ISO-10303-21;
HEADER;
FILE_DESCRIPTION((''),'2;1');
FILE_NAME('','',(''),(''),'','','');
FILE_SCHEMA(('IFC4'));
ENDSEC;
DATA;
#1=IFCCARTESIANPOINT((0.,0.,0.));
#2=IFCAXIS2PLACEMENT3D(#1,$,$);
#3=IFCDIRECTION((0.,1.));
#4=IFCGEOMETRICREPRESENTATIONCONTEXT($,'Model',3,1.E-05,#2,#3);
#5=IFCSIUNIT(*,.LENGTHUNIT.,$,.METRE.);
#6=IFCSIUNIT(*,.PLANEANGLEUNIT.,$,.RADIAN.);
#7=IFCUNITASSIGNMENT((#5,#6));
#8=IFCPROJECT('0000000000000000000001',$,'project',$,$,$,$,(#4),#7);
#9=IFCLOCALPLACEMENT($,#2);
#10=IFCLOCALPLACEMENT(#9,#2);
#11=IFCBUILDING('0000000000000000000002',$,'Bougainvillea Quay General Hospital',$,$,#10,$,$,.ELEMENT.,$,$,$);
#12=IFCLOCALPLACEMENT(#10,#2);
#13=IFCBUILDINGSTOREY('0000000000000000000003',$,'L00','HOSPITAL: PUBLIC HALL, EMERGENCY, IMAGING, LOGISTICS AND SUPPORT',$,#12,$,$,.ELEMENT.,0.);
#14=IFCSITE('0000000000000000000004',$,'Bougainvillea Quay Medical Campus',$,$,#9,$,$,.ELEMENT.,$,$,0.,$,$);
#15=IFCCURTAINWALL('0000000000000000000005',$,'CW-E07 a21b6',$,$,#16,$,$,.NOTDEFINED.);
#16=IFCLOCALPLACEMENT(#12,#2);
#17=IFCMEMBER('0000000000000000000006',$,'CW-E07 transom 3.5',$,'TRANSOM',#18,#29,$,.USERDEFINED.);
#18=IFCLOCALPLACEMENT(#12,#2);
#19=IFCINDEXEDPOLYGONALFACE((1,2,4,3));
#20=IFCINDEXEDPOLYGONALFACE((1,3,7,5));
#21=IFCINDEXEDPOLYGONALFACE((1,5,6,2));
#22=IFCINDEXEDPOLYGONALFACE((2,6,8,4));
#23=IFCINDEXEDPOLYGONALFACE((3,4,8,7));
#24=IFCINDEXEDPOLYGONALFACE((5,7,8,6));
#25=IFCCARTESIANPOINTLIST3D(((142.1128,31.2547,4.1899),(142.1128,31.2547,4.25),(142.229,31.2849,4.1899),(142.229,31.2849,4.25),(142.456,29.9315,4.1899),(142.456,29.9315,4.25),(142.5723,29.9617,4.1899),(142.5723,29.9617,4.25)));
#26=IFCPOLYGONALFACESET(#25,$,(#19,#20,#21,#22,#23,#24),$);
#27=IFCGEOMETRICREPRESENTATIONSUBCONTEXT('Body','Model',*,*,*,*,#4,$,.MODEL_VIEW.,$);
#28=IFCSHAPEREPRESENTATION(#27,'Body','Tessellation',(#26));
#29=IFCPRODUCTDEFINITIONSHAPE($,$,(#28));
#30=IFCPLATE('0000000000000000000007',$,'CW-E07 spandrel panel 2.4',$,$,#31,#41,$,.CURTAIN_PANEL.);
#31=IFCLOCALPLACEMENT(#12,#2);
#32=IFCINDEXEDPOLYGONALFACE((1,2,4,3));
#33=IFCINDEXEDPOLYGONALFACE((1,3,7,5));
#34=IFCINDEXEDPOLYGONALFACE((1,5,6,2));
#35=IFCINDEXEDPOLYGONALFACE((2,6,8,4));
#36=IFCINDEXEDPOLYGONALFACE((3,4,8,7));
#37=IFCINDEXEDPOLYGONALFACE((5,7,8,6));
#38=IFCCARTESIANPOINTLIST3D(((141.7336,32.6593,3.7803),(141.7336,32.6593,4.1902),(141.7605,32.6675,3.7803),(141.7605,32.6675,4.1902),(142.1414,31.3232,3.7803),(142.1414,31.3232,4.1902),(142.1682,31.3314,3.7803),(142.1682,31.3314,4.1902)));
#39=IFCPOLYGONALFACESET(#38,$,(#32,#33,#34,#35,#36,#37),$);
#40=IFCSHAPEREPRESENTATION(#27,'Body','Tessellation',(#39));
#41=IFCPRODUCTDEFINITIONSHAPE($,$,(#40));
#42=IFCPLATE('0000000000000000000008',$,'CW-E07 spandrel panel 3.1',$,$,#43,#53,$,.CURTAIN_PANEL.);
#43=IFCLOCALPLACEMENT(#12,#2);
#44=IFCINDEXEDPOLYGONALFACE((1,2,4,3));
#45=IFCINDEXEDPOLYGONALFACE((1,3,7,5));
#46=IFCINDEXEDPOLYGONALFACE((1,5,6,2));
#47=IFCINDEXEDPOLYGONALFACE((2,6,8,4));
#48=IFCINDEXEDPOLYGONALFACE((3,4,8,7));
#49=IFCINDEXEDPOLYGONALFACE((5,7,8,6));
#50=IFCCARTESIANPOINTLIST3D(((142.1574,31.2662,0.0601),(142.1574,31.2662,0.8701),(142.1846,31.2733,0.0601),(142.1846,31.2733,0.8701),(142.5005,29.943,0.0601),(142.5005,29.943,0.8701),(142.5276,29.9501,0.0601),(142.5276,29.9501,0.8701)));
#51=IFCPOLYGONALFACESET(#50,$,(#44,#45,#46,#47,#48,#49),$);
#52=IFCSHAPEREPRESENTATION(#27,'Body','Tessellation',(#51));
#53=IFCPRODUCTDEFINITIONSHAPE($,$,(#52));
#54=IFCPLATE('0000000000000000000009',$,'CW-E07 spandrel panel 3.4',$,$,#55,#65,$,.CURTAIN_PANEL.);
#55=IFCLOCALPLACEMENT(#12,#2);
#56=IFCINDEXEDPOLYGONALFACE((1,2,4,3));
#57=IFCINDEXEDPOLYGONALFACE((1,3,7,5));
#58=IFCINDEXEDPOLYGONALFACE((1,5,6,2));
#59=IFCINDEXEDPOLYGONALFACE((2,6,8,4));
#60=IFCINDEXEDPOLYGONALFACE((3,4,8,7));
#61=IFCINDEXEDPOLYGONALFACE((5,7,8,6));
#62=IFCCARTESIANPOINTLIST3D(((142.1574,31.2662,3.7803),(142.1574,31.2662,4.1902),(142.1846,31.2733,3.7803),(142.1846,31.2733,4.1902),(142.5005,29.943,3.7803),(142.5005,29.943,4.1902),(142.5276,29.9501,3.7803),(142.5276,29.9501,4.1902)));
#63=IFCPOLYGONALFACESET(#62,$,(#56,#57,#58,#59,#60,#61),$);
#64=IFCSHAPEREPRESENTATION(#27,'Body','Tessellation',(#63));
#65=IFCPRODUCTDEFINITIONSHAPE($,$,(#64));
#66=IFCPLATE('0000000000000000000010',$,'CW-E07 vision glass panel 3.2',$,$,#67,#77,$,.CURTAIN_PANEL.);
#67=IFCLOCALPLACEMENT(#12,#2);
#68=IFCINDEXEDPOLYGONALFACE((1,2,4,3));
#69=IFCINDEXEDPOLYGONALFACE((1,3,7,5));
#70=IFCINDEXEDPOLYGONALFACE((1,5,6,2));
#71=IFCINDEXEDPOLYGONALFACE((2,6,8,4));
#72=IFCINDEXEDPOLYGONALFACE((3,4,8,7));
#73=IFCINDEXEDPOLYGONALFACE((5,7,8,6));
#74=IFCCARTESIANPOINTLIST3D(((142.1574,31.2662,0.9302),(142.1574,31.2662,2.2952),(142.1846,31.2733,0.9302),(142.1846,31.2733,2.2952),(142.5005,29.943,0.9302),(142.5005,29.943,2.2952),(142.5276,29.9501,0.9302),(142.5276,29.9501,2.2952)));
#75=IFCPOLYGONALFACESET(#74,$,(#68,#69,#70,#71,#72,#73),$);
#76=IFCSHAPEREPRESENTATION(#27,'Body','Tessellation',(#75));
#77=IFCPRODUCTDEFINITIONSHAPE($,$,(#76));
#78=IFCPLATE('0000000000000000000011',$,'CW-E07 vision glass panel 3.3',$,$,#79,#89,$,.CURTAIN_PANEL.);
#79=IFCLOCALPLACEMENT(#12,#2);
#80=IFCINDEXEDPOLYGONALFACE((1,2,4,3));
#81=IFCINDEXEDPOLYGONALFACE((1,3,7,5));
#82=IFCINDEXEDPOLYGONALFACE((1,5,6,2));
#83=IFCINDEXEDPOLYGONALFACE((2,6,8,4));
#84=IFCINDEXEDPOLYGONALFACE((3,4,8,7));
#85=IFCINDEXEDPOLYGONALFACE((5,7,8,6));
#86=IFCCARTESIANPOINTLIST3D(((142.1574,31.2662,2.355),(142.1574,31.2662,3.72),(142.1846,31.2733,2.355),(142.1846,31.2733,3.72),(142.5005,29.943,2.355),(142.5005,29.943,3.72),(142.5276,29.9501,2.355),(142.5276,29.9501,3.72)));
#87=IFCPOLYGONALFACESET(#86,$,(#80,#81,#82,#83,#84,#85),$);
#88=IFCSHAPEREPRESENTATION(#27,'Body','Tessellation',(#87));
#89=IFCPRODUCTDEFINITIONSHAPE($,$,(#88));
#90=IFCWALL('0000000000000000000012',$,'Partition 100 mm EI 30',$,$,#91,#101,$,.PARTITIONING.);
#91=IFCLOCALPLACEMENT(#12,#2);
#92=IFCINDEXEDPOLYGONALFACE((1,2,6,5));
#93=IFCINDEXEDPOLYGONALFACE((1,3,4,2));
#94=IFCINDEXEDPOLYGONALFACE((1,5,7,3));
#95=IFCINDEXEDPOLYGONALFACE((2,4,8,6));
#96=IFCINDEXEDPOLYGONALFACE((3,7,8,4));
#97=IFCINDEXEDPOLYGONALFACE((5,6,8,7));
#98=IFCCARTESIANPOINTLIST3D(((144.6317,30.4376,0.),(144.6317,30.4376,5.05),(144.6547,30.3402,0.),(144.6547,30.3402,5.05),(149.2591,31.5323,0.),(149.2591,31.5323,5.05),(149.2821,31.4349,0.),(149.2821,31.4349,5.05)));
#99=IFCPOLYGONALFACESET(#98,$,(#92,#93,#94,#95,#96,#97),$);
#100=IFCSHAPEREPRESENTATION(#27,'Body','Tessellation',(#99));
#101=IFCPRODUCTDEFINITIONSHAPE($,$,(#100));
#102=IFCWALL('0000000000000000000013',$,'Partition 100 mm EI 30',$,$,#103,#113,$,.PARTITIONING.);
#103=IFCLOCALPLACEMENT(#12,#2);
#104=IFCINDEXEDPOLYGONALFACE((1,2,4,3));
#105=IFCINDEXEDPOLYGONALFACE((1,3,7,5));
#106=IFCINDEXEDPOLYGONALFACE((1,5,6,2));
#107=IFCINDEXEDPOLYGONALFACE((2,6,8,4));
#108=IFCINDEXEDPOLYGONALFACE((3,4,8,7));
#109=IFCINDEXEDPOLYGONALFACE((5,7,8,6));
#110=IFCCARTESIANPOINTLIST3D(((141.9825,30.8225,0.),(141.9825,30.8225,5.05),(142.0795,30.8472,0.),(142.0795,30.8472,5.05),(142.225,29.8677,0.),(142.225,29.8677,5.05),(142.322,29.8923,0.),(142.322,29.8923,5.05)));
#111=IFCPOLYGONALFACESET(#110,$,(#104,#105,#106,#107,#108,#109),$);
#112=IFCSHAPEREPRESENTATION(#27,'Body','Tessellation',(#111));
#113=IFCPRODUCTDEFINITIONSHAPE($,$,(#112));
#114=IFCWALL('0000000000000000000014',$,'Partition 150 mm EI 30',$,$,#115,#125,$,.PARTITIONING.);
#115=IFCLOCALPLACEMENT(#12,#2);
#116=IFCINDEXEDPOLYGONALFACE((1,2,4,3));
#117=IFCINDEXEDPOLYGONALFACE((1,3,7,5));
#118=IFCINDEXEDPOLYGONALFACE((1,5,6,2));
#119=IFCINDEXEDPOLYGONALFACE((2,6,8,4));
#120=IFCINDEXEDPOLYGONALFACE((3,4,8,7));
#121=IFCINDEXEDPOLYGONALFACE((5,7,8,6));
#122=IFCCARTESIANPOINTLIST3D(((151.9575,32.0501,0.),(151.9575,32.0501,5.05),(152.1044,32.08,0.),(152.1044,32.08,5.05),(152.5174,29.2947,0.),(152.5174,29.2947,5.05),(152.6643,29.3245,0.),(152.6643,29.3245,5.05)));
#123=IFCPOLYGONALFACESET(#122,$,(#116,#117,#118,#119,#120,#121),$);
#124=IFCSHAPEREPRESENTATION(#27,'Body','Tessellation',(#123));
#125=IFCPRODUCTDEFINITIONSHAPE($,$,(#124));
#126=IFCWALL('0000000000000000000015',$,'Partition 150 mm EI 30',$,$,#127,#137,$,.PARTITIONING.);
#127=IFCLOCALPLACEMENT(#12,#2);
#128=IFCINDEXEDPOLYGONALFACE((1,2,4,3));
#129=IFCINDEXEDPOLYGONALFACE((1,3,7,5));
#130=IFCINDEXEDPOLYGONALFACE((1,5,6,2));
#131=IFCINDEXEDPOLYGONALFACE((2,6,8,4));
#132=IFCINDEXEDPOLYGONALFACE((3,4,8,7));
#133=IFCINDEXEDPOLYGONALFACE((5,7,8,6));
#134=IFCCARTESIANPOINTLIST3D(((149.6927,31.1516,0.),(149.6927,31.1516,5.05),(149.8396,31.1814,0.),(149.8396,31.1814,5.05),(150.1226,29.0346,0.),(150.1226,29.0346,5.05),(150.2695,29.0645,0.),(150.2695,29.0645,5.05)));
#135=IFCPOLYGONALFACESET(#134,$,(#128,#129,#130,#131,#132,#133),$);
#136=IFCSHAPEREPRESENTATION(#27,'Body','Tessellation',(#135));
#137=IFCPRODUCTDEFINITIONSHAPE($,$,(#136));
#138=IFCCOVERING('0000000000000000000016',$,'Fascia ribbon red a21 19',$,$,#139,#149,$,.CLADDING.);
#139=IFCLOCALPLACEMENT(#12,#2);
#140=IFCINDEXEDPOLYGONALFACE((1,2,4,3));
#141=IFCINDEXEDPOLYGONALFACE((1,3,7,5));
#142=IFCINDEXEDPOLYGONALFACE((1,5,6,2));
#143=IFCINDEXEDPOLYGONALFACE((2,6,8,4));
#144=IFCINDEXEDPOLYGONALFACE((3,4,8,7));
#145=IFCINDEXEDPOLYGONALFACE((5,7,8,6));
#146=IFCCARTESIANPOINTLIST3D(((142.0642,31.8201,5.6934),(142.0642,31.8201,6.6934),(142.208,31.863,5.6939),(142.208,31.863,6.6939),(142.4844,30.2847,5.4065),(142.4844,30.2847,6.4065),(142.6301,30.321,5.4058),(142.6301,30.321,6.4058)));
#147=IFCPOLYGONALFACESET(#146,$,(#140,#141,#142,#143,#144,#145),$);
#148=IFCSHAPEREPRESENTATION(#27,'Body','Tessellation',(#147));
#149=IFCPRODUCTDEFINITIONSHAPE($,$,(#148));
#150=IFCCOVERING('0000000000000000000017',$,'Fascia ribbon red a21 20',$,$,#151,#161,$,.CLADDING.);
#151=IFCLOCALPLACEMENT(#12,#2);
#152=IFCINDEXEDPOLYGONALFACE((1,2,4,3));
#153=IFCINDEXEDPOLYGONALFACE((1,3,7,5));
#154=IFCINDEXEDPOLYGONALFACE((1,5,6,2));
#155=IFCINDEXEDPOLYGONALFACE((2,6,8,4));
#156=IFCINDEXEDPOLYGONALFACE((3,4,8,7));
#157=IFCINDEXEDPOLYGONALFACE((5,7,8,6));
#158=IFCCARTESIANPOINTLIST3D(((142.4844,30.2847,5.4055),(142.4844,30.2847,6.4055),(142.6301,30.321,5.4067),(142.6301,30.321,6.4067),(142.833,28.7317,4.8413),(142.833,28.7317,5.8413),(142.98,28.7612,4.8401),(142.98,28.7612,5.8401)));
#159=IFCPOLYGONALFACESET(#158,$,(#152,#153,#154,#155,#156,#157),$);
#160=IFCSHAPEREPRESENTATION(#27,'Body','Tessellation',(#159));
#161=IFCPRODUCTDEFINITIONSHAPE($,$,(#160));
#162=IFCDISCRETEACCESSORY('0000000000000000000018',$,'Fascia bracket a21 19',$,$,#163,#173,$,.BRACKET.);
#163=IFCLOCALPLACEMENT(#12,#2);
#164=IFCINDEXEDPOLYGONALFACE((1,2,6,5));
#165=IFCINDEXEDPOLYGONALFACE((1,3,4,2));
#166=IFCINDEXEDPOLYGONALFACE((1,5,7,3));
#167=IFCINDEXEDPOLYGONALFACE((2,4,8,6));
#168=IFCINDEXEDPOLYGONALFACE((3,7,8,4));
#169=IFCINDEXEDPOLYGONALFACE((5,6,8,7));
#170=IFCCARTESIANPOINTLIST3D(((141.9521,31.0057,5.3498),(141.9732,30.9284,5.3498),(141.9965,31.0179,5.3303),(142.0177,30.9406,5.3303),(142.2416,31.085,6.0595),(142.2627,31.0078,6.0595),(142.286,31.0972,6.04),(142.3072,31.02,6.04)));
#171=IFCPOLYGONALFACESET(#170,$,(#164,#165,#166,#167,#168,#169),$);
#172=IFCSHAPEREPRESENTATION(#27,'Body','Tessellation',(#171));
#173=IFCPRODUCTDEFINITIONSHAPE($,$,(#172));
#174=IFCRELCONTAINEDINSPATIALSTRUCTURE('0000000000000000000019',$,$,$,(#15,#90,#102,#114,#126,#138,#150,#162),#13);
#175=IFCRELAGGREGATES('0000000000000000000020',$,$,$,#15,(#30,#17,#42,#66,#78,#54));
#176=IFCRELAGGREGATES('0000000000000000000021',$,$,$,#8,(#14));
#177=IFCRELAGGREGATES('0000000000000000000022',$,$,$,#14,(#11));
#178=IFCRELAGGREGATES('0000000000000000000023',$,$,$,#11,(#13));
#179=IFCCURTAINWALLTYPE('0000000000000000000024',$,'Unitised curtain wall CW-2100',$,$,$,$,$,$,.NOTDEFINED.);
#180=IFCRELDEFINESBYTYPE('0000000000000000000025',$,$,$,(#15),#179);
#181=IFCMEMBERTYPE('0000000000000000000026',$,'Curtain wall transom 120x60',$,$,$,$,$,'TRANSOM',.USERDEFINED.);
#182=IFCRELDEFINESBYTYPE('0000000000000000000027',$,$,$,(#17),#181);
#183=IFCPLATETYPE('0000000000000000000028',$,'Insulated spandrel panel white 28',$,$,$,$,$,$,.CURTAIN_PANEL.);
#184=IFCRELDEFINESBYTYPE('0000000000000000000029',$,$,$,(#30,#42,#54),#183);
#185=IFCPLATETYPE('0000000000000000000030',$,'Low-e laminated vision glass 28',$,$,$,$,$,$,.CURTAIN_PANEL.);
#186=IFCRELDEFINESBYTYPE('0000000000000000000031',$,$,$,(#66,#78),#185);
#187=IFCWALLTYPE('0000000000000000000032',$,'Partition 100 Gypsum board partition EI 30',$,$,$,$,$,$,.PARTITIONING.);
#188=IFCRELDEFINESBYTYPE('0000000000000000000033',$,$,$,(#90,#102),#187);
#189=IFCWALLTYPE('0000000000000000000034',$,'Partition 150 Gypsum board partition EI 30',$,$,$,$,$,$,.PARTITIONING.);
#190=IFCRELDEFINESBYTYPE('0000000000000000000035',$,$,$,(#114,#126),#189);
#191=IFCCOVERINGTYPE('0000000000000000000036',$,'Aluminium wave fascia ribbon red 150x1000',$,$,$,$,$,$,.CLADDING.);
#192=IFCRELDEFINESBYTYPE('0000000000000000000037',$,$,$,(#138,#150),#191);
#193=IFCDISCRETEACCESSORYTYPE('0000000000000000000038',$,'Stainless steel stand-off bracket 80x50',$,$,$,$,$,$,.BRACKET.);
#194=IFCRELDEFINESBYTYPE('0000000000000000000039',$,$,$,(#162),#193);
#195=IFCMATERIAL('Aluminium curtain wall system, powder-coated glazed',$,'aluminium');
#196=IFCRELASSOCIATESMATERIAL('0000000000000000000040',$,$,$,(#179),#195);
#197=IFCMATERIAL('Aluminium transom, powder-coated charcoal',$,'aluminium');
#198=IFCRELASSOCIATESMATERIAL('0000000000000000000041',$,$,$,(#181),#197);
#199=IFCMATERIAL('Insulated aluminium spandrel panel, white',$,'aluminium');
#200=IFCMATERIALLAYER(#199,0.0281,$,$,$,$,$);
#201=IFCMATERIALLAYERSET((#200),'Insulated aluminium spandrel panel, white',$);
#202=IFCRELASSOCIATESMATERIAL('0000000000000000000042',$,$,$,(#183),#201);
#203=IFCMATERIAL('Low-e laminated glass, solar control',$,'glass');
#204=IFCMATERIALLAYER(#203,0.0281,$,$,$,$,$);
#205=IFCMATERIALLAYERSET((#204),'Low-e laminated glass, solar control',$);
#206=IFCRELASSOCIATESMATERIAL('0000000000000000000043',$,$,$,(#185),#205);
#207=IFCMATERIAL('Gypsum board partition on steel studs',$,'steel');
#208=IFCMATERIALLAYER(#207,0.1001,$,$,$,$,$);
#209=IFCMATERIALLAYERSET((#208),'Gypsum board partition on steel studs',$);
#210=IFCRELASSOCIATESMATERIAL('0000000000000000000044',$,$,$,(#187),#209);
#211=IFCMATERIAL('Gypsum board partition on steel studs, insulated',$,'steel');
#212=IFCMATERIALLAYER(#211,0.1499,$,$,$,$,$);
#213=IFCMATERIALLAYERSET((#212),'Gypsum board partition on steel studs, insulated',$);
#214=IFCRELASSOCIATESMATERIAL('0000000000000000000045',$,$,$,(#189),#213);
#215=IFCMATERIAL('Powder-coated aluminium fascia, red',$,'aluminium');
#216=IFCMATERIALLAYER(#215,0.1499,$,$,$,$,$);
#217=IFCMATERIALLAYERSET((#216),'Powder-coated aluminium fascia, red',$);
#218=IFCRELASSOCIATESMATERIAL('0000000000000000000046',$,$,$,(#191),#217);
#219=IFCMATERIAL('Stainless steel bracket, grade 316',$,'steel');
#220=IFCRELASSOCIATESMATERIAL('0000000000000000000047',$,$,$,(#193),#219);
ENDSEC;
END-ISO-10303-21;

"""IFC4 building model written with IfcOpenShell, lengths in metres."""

from ifc_helpers import new_model, si_unit, direction, frame, frame_2d, origin, origin_2d, place, context, subcontext, project, spatial, polyline, rectangle, outline, extrude, material, layer, layer_set, material_profile, profile_set, type_object, element, aggregate, save


model = new_model("IFC4")

# Units and contexts
model_context = context("Model", 3, precision=1e-05, world=origin(), true_north=direction((0.0, 1.0)))
body_context = subcontext(model_context, "Body", "Model", "MODEL_VIEW")
ifc_project = project(units=[si_unit("LENGTHUNIT", "METRE"), si_unit("PLANEANGLEUNIT", "RADIAN")], contexts=[model_context])

# Site, building, storey
site_placement = place(None, origin())
site = spatial("IfcSite", under=ifc_project, at=site_placement, Name="Bougainvillea Quay Medical Campus", CompositionType="ELEMENT", RefElevation=0.0)
building_placement = place(site_placement, origin())
building = spatial("IfcBuilding", under=site, at=building_placement, Name="Bougainvillea Quay General Hospital", CompositionType="ELEMENT")
storey_placement = place(building_placement, origin())
storey = spatial("IfcBuildingStorey", under=building, at=storey_placement, Name="L00", Description="HOSPITAL: PUBLIC HALL, EMERGENCY, IMAGING, LOGISTICS AND SUPPORT", CompositionType="ELEMENT", Elevation=0.0)

# Curtain wall, member, plates
ifc_material_1 = material(Name="Aluminium curtain wall system, powder-coated glazed", Category="aluminium")
curtain_wall_type = type_object("IfcCurtainWallType", Name="Unitised curtain wall CW-2100", PredefinedType="NOTDEFINED", material=ifc_material_1)
curtain_wall_placement = place(storey_placement, origin())
curtain_wall = element("IfcCurtainWall", 1, at=curtain_wall_placement, inside=storey, type_object=curtain_wall_type, Name="CW-E07 a21b6", PredefinedType="NOTDEFINED")
ifc_material_2 = material(Name="Aluminium transom, powder-coated charcoal", Category="aluminium")
ifc_material_profile_1 = material_profile(ifc_material_2, rectangle(XDim=0.1201, YDim=0.0601, at=origin_2d()))
ifc_profile_set_1 = profile_set([ifc_material_profile_1], Name="Aluminium transom, powder-coated charcoal")
member_type_1 = type_object("IfcMemberType", Name="Curtain wall transom 120x60", ElementType="TRANSOM", PredefinedType="USERDEFINED", material=ifc_profile_set_1)
member_1_placement = place(storey_placement, frame((142.1709, 31.2698, 4.22), z_axis=(0.251099, -0.967962, 0.0), x_axis=(0.967962, 0.251099, 0.0)))
member_1 = element("IfcMember", 2, at=member_1_placement, type_object=member_type_1, Name="CW-E07 transom 3.5", ObjectType="TRANSOM", PredefinedType="USERDEFINED", context=body_context, shape_type="SweptSolid", body=[
    extrude(rectangle(XDim=0.1201, YDim=0.0601, at=origin_2d()), origin(), (0.0, 0.0, 1.0), 1.3669),
])
ifc_material_3 = material(Name="Insulated aluminium spandrel panel, white", Category="aluminium")
ifc_layer_1 = layer(ifc_material_3, 0.0281)
ifc_layer_set_1 = layer_set([ifc_layer_1], Name="Insulated aluminium spandrel panel, white")
plate_type_1 = type_object("IfcPlateType", Name="Insulated spandrel panel white 28", PredefinedType="CURTAIN_PANEL", material=ifc_layer_set_1)
plate_1_placement = place(storey_placement, frame((141.9509, 31.9954, 3.7803), z_axis=(0.0, 0.0, 1.0), x_axis=(0.291904, -0.956448, 0.0)))
plate_1 = element("IfcPlate", 3, at=plate_1_placement, type_object=plate_type_1, Name="CW-E07 spandrel panel 2.4", PredefinedType="CURTAIN_PANEL", context=body_context, shape_type="SweptSolid", body=[
    extrude(rectangle(XDim=1.397, YDim=0.0281, at=origin_2d()), origin(), (0.0, 0.0, 1.0), 0.4099),
])
plate_2_placement = place(storey_placement, frame((142.3425, 30.6082, 0.0601), z_axis=(0.0, 0.0, 1.0), x_axis=(0.250966, -0.967996, 0.0)))
plate_2 = element("IfcPlate", 4, at=plate_2_placement, type_object=plate_type_1, Name="CW-E07 spandrel panel 3.1", PredefinedType="CURTAIN_PANEL", context=body_context, shape_type="SweptSolid", body=[
    extrude(rectangle(XDim=1.3669, YDim=0.0281, at=origin_2d()), origin(), (0.0, 0.0, 1.0), 0.8101),
])
plate_3_placement = place(storey_placement, frame((142.3425, 30.6082, 3.7803), z_axis=(0.0, 0.0, 1.0), x_axis=(0.250966, -0.967996, 0.0)))
plate_3 = element("IfcPlate", 5, at=plate_3_placement, type_object=plate_type_1, Name="CW-E07 spandrel panel 3.4", PredefinedType="CURTAIN_PANEL", context=body_context, shape_type="SweptSolid", body=[
    extrude(rectangle(XDim=1.3669, YDim=0.0281, at=origin_2d()), origin(), (0.0, 0.0, 1.0), 0.4099),
])
ifc_material_4 = material(Name="Low-e laminated glass, solar control", Category="glass")
ifc_layer_2 = layer(ifc_material_4, 0.0281)
ifc_layer_set_2 = layer_set([ifc_layer_2], Name="Low-e laminated glass, solar control")
plate_type_2 = type_object("IfcPlateType", Name="Low-e laminated vision glass 28", PredefinedType="CURTAIN_PANEL", material=ifc_layer_set_2)
plate_4_placement = place(storey_placement, frame((142.3425, 30.6082, 0.9302), z_axis=(0.0, 0.0, 1.0), x_axis=(0.250966, -0.967996, 0.0)))
plate_4 = element("IfcPlate", 6, at=plate_4_placement, type_object=plate_type_2, Name="CW-E07 vision glass panel 3.2", PredefinedType="CURTAIN_PANEL", context=body_context, shape_type="SweptSolid", body=[
    extrude(rectangle(XDim=1.3669, YDim=0.0281, at=origin_2d()), origin(), (0.0, 0.0, 1.0), 1.365),
])
plate_5_placement = place(storey_placement, frame((142.3425, 30.6082, 2.355), z_axis=(0.0, 0.0, 1.0), x_axis=(0.250966, -0.967996, 0.0)))
plate_5 = element("IfcPlate", 7, at=plate_5_placement, type_object=plate_type_2, Name="CW-E07 vision glass panel 3.3", PredefinedType="CURTAIN_PANEL", context=body_context, shape_type="SweptSolid", body=[
    extrude(rectangle(XDim=1.3669, YDim=0.0281, at=origin_2d()), origin(), (0.0, 0.0, 1.0), 1.365),
])
aggregate(curtain_wall, [plate_1, member_1, plate_2, plate_4, plate_5, plate_3])

# Walls
ifc_material_5 = material(Name="Gypsum board partition on steel studs", Category="steel")
ifc_layer_3 = layer(ifc_material_5, 0.1001)
ifc_layer_set_3 = layer_set([ifc_layer_3], Name="Gypsum board partition on steel studs")
wall_type_1 = type_object("IfcWallType", Name="Partition 100 Gypsum board partition EI 30", PredefinedType="PARTITIONING", material=ifc_layer_set_3)
wall_1_placement = place(storey_placement, frame((144.6433, 30.3889, 0.0), z_axis=(0.0, 0.0, 1.0), x_axis=(0.973139, 0.230218, 0.0)))
element("IfcWall", 8, at=wall_1_placement, inside=storey, type_object=wall_type_1, Name="Partition 100 mm EI 30", PredefinedType="PARTITIONING", context=body_context, shape_type="SweptSolid", body=[
    extrude(rectangle(XDim=4.7551, YDim=0.1001, at=frame_2d((2.3774, 0.0))), origin(), (0.0, 0.0, 1.0), 5.05),
])
wall_2_placement = place(storey_placement, frame((142.031, 30.835, 0.0), z_axis=(0.0, 0.0, 1.0), x_axis=(0.246091, -0.969247, 0.0)))
element("IfcWall", 9, at=wall_2_placement, inside=storey, type_object=wall_type_1, Name="Partition 100 mm EI 30", PredefinedType="PARTITIONING", context=body_context, shape_type="SweptSolid", body=[
    extrude(rectangle(XDim=0.9851, YDim=0.1001, at=frame_2d((0.4927, 0.0))), origin(), (0.0, 0.0, 1.0), 5.05),
])
ifc_material_6 = material(Name="Gypsum board partition on steel studs, insulated", Category="steel")
ifc_layer_4 = layer(ifc_material_6, 0.1499)
ifc_layer_set_4 = layer_set([ifc_layer_4], Name="Gypsum board partition on steel studs, insulated")
wall_type_2 = type_object("IfcWallType", Name="Partition 150 Gypsum board partition EI 30", PredefinedType="PARTITIONING", material=ifc_layer_set_4)
wall_3_placement = place(storey_placement, frame((152.031, 32.0649, 0.0), z_axis=(0.0, 0.0, 1.0), x_axis=(0.199104, -0.979978, 0.0)))
element("IfcWall", 10, at=wall_3_placement, inside=storey, type_object=wall_type_2, Name="Partition 150 mm EI 30", PredefinedType="PARTITIONING", context=body_context, shape_type="SweptSolid", body=[
    extrude(rectangle(XDim=2.8118, YDim=0.1499, at=frame_2d((1.4058, 0.0))), origin(), (0.0, 0.0, 1.0), 5.05),
])
wall_4_placement = place(storey_placement, frame((149.7661, 31.1665, 0.0), z_axis=(0.0, 0.0, 1.0), x_axis=(0.199028, -0.979994, 0.0)))
element("IfcWall", 11, at=wall_4_placement, inside=storey, type_object=wall_type_2, Name="Partition 150 mm EI 30", PredefinedType="PARTITIONING", context=body_context, shape_type="SweptSolid", body=[
    extrude(rectangle(XDim=2.1602, YDim=0.1499, at=frame_2d((1.0801, 0.0))), origin(), (0.0, 0.0, 1.0), 5.05),
])

# Coverings
ifc_material_7 = material(Name="Powder-coated aluminium fascia, red", Category="aluminium")
ifc_layer_5 = layer(ifc_material_7, 0.1499)
ifc_layer_set_5 = layer_set([ifc_layer_5], Name="Powder-coated aluminium fascia, red")
covering_type = type_object("IfcCoveringType", Name="Aluminium wave fascia ribbon red 150x1000", PredefinedType="CLADDING", material=ifc_layer_set_5)
covering_1_placement = place(storey_placement, frame((142.0642, 31.8201, 5.6934), z_axis=(0.047642, -0.170829, 0.984148), x_axis=(0.259764, -0.949248, -0.177346)))
element("IfcCovering", 12, at=covering_1_placement, inside=storey, type_object=covering_type, Name="Fascia ribbon red a21 19", PredefinedType="CLADDING", context=body_context, shape_type="SweptSolid", body=[
    extrude(outline(polyline([(0.0, 0.0), (1.6175, 0.0), (1.621, 0.1502), (-0.0035, 0.15), (0.0, 0.0)])), origin(), (-0.177346, -0.000849, 0.984148), 1.0),
])
covering_2_placement = place(storey_placement, frame((142.4844, 30.2847, 5.4055), z_axis=(0.073399, -0.325947, 0.942534), x_axis=(0.206454, -0.919646, -0.334109)))
element("IfcCovering", 13, at=covering_2_placement, inside=storey, type_object=covering_type, Name="Fascia ribbon red a21 20", PredefinedType="CLADDING", context=body_context, shape_type="SweptSolid", body=[
    extrude(outline(polyline([(0.0, 0.0), (1.6887, 0.0), (1.6923, 0.1499), (-0.0038, 0.1502), (0.0, 0.0)])), origin(), (-0.334109, -0.000208, 0.942534), 1.0),
])

# Discrete accessory
ifc_material_8 = material(Name="Stainless steel bracket, grade 316", Category="steel")
ifc_material_profile_2 = material_profile(ifc_material_8, rectangle(XDim=0.0801, YDim=0.05, at=origin_2d()))
ifc_profile_set_2 = profile_set([ifc_material_profile_2], Name="Stainless steel bracket, grade 316")
discrete_accessory_type = type_object("IfcDiscreteAccessoryType", Name="Stainless steel stand-off bracket 80x50", PredefinedType="BRACKET", material=ifc_profile_set_2)
discrete_accessory_placement = place(storey_placement, frame((141.9849, 30.9731, 5.3401), z_axis=(0.375744, 0.102965, 0.920986), x_axis=(-0.264287, 0.964444, 0.0)))
element("IfcDiscreteAccessory", 14, at=discrete_accessory_placement, inside=storey, type_object=discrete_accessory_type, Name="Fascia bracket a21 19", PredefinedType="BRACKET", context=body_context, shape_type="SweptSolid", body=[
    extrude(rectangle(XDim=0.0801, YDim=0.05, at=origin_2d()), origin(), (0.0, 0.0, 1.0), 0.7705),
])

save(model, "model.ifc")
